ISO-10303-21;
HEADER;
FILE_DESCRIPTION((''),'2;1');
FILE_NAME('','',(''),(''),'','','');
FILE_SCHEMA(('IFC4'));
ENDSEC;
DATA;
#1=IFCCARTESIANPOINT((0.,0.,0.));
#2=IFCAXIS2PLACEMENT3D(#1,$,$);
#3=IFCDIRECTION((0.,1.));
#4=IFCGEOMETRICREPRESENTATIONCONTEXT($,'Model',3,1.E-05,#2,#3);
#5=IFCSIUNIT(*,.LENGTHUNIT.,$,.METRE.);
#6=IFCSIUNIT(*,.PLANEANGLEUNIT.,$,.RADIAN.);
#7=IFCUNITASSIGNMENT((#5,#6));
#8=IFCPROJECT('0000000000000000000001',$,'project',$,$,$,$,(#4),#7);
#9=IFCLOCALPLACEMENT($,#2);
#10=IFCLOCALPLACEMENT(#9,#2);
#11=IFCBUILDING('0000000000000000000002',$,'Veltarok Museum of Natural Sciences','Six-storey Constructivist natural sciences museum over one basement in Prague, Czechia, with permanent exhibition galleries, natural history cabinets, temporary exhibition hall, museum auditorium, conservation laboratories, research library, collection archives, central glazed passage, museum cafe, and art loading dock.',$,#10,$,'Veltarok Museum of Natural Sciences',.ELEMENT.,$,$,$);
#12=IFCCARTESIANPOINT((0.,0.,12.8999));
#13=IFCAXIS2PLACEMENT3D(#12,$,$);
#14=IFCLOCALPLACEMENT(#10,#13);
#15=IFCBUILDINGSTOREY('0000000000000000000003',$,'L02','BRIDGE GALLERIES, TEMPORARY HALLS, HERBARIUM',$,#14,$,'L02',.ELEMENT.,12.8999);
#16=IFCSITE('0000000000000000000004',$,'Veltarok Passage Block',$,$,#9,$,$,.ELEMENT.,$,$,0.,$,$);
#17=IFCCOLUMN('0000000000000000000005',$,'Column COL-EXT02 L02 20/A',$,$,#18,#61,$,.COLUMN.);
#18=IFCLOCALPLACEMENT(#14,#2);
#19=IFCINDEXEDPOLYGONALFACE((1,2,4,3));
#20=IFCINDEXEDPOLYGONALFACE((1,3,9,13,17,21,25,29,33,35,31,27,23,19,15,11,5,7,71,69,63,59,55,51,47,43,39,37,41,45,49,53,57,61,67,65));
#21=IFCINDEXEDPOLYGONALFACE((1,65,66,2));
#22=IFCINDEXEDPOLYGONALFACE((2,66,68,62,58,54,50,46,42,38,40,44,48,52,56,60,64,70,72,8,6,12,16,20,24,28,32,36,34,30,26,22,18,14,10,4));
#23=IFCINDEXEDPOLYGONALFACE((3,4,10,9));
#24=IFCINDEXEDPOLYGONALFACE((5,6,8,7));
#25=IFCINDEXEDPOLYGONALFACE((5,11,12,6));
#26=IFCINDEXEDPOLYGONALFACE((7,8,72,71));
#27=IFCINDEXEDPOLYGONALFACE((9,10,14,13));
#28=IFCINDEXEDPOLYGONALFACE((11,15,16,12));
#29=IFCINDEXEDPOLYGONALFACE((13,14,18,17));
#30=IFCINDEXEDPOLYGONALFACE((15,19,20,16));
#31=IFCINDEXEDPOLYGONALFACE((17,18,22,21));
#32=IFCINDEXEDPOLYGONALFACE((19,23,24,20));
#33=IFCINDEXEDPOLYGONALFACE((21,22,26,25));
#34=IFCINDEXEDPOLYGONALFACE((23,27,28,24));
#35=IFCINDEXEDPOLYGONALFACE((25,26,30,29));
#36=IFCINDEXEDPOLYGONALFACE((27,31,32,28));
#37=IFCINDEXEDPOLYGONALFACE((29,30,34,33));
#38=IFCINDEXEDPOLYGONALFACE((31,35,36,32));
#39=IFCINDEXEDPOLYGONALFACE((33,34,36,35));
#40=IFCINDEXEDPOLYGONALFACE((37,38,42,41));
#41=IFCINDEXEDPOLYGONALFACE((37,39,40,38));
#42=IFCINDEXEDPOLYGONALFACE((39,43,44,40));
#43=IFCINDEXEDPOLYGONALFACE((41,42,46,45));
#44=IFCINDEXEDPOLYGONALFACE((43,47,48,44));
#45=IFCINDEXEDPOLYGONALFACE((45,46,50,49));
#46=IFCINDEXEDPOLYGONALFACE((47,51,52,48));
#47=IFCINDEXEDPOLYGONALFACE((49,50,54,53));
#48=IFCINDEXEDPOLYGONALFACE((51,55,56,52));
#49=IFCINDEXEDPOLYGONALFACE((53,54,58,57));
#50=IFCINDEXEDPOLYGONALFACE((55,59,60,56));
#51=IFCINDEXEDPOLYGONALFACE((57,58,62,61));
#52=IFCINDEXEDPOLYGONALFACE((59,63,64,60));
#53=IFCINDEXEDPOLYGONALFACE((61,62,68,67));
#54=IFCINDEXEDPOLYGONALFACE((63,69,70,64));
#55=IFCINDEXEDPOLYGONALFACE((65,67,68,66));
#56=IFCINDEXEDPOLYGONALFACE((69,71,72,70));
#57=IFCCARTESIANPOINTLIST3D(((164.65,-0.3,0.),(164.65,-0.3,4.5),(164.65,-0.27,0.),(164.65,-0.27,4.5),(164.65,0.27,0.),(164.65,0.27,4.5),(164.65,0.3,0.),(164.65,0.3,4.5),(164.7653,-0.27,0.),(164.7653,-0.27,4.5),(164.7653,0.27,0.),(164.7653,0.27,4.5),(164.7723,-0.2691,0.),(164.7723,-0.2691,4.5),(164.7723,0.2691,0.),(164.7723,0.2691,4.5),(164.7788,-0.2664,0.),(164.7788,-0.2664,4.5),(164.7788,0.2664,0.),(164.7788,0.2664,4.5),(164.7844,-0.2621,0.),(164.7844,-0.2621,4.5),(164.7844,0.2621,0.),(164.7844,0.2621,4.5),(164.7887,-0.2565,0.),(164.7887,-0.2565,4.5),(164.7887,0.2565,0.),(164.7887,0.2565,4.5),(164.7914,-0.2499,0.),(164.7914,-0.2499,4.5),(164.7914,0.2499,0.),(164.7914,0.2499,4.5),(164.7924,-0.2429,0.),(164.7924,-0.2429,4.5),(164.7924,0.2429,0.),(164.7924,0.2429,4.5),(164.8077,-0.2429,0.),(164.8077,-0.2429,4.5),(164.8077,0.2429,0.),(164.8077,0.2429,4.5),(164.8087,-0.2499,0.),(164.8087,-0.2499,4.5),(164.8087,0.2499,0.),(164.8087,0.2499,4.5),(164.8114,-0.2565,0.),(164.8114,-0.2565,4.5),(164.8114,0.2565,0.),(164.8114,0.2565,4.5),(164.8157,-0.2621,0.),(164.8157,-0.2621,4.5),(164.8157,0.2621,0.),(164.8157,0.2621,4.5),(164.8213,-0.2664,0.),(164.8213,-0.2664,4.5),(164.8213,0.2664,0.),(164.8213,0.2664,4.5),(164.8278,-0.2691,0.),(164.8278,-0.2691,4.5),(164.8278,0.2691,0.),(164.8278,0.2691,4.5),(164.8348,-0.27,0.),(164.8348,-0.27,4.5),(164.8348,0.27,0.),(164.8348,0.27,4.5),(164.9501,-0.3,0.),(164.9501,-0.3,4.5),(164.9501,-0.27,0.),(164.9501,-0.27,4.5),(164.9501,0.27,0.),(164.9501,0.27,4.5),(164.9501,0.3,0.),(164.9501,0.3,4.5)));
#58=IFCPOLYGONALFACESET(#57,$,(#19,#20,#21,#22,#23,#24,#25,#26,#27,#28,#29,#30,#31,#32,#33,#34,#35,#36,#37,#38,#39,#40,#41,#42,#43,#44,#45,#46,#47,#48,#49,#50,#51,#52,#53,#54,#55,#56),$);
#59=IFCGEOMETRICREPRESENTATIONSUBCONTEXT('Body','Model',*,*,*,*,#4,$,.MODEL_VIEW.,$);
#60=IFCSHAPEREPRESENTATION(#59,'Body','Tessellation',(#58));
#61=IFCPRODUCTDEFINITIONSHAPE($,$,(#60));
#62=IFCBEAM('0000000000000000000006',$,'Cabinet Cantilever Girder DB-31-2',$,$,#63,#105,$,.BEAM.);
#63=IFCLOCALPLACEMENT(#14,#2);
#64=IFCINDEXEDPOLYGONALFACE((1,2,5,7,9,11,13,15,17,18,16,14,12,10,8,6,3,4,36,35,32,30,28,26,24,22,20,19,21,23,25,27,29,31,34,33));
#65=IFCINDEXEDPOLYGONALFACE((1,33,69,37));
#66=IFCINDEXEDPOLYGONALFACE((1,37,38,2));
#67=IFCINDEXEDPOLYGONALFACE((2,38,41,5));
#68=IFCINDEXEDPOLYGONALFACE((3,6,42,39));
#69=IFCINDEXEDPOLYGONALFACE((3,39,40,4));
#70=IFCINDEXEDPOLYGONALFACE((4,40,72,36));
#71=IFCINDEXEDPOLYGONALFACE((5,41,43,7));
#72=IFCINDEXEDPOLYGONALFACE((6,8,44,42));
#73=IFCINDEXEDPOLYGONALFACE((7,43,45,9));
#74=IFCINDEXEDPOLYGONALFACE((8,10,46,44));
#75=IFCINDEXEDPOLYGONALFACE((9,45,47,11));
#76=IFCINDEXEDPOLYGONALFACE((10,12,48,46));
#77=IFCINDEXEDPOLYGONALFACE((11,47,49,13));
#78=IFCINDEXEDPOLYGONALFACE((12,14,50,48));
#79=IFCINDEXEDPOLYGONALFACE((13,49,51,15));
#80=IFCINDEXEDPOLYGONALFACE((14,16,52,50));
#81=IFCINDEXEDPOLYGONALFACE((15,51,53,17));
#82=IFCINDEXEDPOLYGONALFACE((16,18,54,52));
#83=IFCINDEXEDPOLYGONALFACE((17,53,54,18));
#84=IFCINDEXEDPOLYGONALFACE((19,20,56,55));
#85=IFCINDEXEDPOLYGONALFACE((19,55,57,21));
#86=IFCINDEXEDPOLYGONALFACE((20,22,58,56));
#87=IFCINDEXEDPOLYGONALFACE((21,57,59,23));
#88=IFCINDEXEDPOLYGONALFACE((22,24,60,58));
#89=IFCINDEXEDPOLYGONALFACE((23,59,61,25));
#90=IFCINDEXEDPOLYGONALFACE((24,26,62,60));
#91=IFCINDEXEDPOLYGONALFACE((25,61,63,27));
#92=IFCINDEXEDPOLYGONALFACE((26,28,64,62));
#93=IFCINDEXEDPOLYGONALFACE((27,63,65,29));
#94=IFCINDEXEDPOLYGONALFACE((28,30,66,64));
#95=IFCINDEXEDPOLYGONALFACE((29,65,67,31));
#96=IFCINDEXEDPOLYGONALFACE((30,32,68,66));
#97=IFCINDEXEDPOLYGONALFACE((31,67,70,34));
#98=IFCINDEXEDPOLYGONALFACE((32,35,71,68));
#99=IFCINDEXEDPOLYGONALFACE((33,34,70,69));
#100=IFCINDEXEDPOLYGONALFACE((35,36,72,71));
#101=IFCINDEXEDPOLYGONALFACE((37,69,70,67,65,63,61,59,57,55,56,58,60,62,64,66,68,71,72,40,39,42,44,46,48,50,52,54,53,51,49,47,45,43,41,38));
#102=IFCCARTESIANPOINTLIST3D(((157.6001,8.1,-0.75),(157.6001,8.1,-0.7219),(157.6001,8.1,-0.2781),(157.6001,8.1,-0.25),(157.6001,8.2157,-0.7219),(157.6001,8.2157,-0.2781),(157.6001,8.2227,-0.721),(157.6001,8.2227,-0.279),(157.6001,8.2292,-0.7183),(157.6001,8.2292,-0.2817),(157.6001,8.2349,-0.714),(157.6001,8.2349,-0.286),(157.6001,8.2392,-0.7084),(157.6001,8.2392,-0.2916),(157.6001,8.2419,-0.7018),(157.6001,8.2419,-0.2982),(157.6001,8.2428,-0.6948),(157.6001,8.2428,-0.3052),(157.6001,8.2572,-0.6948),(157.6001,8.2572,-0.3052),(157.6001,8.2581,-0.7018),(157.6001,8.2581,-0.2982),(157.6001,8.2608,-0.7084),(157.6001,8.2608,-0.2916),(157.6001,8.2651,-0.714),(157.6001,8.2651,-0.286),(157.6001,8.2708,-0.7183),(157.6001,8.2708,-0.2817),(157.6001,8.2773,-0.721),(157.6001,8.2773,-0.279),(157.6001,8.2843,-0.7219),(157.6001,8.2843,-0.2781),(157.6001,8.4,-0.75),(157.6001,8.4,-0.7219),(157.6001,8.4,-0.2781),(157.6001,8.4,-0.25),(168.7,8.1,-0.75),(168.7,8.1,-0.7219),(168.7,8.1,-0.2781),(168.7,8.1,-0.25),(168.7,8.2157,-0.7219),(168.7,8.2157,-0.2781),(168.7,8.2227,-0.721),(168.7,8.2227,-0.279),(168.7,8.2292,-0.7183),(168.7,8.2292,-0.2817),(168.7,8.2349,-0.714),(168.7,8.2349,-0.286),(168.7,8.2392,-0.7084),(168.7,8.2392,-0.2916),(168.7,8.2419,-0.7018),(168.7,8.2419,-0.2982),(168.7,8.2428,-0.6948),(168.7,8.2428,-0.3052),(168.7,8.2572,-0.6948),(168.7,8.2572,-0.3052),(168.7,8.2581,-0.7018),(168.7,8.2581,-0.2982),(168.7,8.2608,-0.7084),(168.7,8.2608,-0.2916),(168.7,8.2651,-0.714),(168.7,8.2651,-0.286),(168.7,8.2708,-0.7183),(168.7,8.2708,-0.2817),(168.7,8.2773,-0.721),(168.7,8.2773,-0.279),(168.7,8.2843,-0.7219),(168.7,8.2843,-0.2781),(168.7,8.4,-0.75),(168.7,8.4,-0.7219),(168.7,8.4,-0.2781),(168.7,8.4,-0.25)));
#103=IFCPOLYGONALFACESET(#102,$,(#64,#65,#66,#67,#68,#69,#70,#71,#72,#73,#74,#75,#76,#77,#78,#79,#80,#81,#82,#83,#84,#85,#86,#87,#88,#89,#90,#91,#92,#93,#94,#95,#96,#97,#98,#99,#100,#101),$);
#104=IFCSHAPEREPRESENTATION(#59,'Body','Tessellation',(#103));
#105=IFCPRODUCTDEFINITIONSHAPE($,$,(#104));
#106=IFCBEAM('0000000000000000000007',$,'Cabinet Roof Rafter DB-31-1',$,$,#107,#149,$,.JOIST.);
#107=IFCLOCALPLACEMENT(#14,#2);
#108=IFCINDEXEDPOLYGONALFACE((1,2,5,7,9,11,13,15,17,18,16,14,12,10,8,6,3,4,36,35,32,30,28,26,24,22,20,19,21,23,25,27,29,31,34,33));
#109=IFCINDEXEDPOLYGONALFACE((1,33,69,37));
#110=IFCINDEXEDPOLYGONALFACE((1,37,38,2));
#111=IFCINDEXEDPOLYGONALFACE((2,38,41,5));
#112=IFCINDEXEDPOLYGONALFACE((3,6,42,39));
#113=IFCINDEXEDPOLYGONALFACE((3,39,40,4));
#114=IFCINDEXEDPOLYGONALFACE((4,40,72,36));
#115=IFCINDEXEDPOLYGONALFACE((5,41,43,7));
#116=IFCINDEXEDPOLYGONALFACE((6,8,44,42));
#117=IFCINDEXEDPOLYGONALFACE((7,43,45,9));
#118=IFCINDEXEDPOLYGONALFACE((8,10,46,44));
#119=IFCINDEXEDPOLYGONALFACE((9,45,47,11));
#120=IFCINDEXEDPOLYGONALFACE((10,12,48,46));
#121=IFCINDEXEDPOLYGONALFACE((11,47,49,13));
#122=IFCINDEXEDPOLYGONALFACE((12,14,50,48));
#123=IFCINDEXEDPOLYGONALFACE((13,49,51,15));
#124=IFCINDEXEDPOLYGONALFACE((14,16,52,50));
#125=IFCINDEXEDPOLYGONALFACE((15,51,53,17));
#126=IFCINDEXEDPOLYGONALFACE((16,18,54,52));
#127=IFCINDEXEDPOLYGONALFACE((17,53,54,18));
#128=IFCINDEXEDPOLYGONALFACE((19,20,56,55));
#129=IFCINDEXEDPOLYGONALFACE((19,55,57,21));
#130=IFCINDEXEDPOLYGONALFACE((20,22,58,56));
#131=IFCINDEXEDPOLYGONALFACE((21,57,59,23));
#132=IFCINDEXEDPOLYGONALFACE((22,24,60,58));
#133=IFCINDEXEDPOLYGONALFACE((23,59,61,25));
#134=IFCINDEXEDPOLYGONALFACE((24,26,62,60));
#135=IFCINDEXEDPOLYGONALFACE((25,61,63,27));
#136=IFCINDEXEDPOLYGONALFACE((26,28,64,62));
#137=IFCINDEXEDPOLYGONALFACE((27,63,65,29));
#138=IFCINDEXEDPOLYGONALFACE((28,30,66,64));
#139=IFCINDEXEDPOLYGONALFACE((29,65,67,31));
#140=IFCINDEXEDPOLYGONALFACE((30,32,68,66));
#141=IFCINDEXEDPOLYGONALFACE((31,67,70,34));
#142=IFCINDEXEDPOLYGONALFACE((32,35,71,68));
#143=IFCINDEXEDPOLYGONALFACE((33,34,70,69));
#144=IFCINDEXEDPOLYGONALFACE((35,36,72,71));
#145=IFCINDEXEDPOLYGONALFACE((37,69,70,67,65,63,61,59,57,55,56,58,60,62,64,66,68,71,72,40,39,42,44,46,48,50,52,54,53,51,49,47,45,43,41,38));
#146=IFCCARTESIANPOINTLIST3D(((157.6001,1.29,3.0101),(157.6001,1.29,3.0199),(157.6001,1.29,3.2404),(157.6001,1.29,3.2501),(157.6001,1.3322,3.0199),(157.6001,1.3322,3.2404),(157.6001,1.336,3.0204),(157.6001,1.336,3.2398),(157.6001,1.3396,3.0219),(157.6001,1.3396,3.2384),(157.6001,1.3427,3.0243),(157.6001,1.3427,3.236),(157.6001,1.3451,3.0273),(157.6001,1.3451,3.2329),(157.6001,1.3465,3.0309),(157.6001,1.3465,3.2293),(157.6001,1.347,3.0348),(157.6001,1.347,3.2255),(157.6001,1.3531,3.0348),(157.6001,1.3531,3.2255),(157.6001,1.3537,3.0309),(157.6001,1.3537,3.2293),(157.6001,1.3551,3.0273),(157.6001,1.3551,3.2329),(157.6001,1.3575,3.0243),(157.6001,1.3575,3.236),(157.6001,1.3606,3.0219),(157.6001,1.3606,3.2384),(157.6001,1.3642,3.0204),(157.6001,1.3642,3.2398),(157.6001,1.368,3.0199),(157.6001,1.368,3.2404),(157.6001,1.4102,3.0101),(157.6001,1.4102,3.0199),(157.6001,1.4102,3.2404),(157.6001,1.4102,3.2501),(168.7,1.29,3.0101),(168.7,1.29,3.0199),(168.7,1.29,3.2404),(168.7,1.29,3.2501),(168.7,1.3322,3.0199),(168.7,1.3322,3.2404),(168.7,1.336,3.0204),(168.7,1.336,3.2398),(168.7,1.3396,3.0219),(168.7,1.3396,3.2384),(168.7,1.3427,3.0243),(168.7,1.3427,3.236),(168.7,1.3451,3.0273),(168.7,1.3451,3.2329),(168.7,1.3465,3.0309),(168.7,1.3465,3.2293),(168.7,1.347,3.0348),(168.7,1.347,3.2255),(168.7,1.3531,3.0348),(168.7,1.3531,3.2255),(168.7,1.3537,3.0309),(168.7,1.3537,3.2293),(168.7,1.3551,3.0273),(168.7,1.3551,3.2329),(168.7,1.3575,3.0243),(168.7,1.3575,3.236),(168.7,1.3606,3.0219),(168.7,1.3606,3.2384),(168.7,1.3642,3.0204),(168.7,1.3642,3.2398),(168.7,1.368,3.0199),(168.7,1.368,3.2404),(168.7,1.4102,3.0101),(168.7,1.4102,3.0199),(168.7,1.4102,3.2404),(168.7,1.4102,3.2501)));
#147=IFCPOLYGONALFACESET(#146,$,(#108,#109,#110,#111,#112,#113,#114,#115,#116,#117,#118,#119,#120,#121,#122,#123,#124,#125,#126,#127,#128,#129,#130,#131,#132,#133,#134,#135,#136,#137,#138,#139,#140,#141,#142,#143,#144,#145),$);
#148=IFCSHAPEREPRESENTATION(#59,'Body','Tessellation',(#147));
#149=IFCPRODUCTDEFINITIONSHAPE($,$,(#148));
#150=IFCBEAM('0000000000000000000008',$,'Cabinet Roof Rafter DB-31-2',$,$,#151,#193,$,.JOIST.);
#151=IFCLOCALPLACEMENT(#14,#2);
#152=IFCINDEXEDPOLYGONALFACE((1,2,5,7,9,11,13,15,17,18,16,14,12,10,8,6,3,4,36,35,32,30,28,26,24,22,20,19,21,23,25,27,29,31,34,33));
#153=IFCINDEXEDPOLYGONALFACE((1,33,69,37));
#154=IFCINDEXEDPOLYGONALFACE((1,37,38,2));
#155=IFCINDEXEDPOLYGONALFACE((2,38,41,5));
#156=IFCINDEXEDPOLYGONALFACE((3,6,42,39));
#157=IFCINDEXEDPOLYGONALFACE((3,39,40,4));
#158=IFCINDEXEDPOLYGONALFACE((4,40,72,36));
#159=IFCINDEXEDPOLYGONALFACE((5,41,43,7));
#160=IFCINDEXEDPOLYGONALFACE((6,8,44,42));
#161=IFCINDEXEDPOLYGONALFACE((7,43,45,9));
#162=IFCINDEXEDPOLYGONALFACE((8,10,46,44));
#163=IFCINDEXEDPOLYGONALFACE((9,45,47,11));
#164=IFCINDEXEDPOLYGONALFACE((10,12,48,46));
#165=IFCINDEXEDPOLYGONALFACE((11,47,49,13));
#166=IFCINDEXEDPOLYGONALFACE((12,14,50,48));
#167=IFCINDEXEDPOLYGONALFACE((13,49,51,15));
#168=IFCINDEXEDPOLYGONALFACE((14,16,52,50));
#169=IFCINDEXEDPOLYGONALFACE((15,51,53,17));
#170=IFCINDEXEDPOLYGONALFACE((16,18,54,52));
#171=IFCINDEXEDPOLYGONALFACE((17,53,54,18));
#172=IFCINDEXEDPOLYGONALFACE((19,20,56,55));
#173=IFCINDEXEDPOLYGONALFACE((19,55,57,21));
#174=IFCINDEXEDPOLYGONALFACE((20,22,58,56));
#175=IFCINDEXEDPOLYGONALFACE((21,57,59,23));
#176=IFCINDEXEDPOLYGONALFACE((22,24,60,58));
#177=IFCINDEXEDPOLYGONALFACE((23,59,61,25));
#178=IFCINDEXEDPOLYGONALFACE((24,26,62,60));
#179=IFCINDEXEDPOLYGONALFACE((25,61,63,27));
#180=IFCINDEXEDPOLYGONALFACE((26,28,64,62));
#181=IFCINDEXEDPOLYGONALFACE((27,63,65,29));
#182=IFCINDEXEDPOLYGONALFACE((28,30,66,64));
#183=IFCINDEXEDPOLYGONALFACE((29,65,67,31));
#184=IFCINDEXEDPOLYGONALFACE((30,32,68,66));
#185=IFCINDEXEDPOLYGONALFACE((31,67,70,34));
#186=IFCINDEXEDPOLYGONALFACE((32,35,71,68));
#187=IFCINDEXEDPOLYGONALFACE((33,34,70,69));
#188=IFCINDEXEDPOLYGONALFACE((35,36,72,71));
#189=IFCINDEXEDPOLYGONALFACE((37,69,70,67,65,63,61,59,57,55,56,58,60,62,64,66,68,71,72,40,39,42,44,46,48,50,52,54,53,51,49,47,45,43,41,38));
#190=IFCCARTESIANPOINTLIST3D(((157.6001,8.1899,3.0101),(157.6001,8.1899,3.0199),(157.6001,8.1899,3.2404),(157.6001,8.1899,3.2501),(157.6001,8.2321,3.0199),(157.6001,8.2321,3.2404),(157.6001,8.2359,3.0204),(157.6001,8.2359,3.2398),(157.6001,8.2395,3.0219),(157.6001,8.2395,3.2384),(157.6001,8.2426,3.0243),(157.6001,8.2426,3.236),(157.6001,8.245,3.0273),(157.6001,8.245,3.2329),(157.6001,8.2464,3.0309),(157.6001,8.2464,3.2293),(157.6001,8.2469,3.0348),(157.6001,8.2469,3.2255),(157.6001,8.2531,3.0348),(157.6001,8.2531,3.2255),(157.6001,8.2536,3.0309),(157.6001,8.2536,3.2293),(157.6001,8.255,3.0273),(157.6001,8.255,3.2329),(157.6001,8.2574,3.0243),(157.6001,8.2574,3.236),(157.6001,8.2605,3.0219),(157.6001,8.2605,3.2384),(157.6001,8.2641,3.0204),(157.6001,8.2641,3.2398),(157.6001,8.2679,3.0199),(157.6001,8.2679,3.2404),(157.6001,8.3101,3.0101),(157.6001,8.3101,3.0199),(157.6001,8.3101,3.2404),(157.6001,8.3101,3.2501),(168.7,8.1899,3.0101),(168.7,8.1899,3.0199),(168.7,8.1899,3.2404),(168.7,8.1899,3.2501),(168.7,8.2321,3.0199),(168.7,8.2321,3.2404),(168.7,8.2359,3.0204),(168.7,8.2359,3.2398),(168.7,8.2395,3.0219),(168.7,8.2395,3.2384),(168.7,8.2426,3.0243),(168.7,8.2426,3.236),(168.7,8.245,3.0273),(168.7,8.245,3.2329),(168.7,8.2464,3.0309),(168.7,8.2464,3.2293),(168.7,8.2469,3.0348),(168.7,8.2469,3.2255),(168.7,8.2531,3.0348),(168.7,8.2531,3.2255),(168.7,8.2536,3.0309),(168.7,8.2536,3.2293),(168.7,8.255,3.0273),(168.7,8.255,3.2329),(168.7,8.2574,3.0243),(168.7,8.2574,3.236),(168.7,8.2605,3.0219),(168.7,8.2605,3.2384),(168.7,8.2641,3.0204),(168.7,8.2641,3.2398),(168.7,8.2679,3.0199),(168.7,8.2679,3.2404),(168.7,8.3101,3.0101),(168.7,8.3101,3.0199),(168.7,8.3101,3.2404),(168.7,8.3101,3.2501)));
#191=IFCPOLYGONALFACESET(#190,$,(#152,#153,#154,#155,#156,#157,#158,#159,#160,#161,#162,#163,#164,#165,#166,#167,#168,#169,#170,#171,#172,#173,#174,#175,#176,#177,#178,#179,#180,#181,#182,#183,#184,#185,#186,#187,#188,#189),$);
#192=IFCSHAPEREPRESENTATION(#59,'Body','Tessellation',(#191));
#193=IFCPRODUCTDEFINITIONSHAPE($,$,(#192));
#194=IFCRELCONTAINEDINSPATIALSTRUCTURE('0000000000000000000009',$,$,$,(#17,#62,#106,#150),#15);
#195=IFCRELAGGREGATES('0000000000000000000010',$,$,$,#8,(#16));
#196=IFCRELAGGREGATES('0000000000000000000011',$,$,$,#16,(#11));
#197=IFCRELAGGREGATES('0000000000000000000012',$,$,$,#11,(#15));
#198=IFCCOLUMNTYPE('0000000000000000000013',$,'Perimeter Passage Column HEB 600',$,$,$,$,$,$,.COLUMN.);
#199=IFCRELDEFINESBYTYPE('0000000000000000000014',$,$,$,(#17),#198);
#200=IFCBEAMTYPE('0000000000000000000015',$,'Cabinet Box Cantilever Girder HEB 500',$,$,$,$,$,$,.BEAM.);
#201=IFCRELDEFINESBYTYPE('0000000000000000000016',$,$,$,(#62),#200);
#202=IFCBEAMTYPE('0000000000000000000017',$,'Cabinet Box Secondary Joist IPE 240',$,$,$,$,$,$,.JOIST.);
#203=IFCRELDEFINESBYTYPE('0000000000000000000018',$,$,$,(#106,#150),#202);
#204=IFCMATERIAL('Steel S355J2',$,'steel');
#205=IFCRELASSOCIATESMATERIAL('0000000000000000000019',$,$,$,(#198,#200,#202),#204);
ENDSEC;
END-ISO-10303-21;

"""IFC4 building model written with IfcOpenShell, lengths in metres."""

from ifc_helpers import new_model, si_unit, direction, frame, origin, origin_2d, place, context, subcontext, project, spatial, i_section, extrude, material, material_profile, profile_set, type_object, element, save


model = new_model("IFC4")

# Units and contexts
model_context = context("Model", 3, precision=1e-05, world=origin(), true_north=direction((0.0, 1.0)))
body_context = subcontext(model_context, "Body", "Model", "MODEL_VIEW")
ifc_project = project(units=[si_unit("LENGTHUNIT", "METRE"), si_unit("PLANEANGLEUNIT", "RADIAN")], contexts=[model_context])

# Site, building, storey
site_placement = place(None, origin())
site = spatial("IfcSite", under=ifc_project, at=site_placement, Name="Veltarok Passage Block", CompositionType="ELEMENT", RefElevation=0.0)
building_placement = place(site_placement, origin())
building = spatial("IfcBuilding", under=site, at=building_placement, Name="Veltarok Museum of Natural Sciences", Description="Six-storey Constructivist natural sciences museum over one basement in Prague, Czechia, with permanent exhibition galleries, natural history cabinets, temporary exhibition hall, museum auditorium, conservation laboratories, research library, collection archives, central glazed passage, museum cafe, and art loading dock.", LongName="Veltarok Museum of Natural Sciences", CompositionType="ELEMENT")
storey_placement = place(building_placement, frame((0.0, 0.0, 12.8999)))
storey = spatial("IfcBuildingStorey", under=building, at=storey_placement, Name="L02", Description="BRIDGE GALLERIES, TEMPORARY HALLS, HERBARIUM", LongName="L02", CompositionType="ELEMENT", Elevation=12.8999)

# Column
ifc_material_1 = material(Name="Steel S355J2", Category="steel")
ifc_material_profile_1 = material_profile(ifc_material_1, i_section(OverallWidth=0.3, OverallDepth=0.6001, WebThickness=0.0154, FlangeThickness=0.03, FilletRadius=0.0271, at=origin_2d()), Name="HEB 600")
ifc_profile_set_1 = profile_set([ifc_material_profile_1], Name="Steel S355J2")
column_type = type_object("IfcColumnType", Name="Perimeter Passage Column HEB 600", PredefinedType="COLUMN", material=ifc_profile_set_1)
column_placement = place(storey_placement, frame((164.8, 0.0, 0.0), z_axis=(0.0, 0.0, 1.0), x_axis=(1.0, 0.0, 0.0)))
element("IfcColumn", 1, at=column_placement, inside=storey, type_object=column_type, Name="Column COL-EXT02 L02 20/A", PredefinedType="COLUMN", context=body_context, shape_type="SweptSolid", body=[
    extrude(i_section(OverallWidth=0.3, OverallDepth=0.6001, WebThickness=0.0154, FlangeThickness=0.03, FilletRadius=0.0271, at=origin_2d()), origin(), (0.0, 0.0, 1.0), 4.5),
])

# Beams
ifc_material_profile_2 = material_profile(ifc_material_1, i_section(OverallWidth=0.3, OverallDepth=0.5, WebThickness=0.0144, FlangeThickness=0.0281, FilletRadius=0.0271, at=origin_2d()), Name="HEB 500")
ifc_profile_set_2 = profile_set([ifc_material_profile_2], Name="Steel S355J2")
beam_type_1 = type_object("IfcBeamType", Name="Cabinet Box Cantilever Girder HEB 500", PredefinedType="BEAM", material=ifc_profile_set_2)
beam_1_placement = place(storey_placement, frame((157.6001, 8.25, -0.5), z_axis=(1.0, 0.0, 0.0), x_axis=(0.0, 1.0, 0.0)))
element("IfcBeam", 2, at=beam_1_placement, inside=storey, type_object=beam_type_1, Name="Cabinet Cantilever Girder DB-31-2", PredefinedType="BEAM", context=body_context, shape_type="SweptSolid", body=[
    extrude(i_section(OverallWidth=0.3, OverallDepth=0.5, WebThickness=0.0144, FlangeThickness=0.0281, FilletRadius=0.0271, at=origin_2d()), origin(), (0.0, 0.0, 1.0), 11.0999),
])
ifc_material_profile_3 = material_profile(ifc_material_1, i_section(OverallWidth=0.1201, OverallDepth=0.24, WebThickness=0.0061, FlangeThickness=0.0098, FilletRadius=0.0149, at=origin_2d()), Name="IPE 240")
ifc_profile_set_3 = profile_set([ifc_material_profile_3], Name="Steel S355J2")
beam_type_2 = type_object("IfcBeamType", Name="Cabinet Box Secondary Joist IPE 240", PredefinedType="JOIST", material=ifc_profile_set_3)
for number, where, z_axis, x_axis, name in (
    (3, (157.6001, 1.3501, 3.1301), (1.0, 0.0, 0.0), (0.0, 1.0, 0.0), "Cabinet Roof Rafter DB-31-1"),
    (4, (157.6001, 8.25, 3.1301), (1.0, 0.0, 0.0), (0.0, 1.0, 0.0), "Cabinet Roof Rafter DB-31-2"),
):
    element("IfcBeam", number, at=place(storey_placement, frame(where, z_axis=z_axis, x_axis=x_axis)), inside=storey, type_object=beam_type_2, Name=name, PredefinedType="JOIST", context=body_context, shape_type="SweptSolid", body=[
        extrude(i_section(OverallWidth=0.1201, OverallDepth=0.24, WebThickness=0.0061, FlangeThickness=0.0098, FilletRadius=0.0149, at=origin_2d()), origin(), (0.0, 0.0, 1.0), 11.0999),
    ])

save(model, "model.ifc")
